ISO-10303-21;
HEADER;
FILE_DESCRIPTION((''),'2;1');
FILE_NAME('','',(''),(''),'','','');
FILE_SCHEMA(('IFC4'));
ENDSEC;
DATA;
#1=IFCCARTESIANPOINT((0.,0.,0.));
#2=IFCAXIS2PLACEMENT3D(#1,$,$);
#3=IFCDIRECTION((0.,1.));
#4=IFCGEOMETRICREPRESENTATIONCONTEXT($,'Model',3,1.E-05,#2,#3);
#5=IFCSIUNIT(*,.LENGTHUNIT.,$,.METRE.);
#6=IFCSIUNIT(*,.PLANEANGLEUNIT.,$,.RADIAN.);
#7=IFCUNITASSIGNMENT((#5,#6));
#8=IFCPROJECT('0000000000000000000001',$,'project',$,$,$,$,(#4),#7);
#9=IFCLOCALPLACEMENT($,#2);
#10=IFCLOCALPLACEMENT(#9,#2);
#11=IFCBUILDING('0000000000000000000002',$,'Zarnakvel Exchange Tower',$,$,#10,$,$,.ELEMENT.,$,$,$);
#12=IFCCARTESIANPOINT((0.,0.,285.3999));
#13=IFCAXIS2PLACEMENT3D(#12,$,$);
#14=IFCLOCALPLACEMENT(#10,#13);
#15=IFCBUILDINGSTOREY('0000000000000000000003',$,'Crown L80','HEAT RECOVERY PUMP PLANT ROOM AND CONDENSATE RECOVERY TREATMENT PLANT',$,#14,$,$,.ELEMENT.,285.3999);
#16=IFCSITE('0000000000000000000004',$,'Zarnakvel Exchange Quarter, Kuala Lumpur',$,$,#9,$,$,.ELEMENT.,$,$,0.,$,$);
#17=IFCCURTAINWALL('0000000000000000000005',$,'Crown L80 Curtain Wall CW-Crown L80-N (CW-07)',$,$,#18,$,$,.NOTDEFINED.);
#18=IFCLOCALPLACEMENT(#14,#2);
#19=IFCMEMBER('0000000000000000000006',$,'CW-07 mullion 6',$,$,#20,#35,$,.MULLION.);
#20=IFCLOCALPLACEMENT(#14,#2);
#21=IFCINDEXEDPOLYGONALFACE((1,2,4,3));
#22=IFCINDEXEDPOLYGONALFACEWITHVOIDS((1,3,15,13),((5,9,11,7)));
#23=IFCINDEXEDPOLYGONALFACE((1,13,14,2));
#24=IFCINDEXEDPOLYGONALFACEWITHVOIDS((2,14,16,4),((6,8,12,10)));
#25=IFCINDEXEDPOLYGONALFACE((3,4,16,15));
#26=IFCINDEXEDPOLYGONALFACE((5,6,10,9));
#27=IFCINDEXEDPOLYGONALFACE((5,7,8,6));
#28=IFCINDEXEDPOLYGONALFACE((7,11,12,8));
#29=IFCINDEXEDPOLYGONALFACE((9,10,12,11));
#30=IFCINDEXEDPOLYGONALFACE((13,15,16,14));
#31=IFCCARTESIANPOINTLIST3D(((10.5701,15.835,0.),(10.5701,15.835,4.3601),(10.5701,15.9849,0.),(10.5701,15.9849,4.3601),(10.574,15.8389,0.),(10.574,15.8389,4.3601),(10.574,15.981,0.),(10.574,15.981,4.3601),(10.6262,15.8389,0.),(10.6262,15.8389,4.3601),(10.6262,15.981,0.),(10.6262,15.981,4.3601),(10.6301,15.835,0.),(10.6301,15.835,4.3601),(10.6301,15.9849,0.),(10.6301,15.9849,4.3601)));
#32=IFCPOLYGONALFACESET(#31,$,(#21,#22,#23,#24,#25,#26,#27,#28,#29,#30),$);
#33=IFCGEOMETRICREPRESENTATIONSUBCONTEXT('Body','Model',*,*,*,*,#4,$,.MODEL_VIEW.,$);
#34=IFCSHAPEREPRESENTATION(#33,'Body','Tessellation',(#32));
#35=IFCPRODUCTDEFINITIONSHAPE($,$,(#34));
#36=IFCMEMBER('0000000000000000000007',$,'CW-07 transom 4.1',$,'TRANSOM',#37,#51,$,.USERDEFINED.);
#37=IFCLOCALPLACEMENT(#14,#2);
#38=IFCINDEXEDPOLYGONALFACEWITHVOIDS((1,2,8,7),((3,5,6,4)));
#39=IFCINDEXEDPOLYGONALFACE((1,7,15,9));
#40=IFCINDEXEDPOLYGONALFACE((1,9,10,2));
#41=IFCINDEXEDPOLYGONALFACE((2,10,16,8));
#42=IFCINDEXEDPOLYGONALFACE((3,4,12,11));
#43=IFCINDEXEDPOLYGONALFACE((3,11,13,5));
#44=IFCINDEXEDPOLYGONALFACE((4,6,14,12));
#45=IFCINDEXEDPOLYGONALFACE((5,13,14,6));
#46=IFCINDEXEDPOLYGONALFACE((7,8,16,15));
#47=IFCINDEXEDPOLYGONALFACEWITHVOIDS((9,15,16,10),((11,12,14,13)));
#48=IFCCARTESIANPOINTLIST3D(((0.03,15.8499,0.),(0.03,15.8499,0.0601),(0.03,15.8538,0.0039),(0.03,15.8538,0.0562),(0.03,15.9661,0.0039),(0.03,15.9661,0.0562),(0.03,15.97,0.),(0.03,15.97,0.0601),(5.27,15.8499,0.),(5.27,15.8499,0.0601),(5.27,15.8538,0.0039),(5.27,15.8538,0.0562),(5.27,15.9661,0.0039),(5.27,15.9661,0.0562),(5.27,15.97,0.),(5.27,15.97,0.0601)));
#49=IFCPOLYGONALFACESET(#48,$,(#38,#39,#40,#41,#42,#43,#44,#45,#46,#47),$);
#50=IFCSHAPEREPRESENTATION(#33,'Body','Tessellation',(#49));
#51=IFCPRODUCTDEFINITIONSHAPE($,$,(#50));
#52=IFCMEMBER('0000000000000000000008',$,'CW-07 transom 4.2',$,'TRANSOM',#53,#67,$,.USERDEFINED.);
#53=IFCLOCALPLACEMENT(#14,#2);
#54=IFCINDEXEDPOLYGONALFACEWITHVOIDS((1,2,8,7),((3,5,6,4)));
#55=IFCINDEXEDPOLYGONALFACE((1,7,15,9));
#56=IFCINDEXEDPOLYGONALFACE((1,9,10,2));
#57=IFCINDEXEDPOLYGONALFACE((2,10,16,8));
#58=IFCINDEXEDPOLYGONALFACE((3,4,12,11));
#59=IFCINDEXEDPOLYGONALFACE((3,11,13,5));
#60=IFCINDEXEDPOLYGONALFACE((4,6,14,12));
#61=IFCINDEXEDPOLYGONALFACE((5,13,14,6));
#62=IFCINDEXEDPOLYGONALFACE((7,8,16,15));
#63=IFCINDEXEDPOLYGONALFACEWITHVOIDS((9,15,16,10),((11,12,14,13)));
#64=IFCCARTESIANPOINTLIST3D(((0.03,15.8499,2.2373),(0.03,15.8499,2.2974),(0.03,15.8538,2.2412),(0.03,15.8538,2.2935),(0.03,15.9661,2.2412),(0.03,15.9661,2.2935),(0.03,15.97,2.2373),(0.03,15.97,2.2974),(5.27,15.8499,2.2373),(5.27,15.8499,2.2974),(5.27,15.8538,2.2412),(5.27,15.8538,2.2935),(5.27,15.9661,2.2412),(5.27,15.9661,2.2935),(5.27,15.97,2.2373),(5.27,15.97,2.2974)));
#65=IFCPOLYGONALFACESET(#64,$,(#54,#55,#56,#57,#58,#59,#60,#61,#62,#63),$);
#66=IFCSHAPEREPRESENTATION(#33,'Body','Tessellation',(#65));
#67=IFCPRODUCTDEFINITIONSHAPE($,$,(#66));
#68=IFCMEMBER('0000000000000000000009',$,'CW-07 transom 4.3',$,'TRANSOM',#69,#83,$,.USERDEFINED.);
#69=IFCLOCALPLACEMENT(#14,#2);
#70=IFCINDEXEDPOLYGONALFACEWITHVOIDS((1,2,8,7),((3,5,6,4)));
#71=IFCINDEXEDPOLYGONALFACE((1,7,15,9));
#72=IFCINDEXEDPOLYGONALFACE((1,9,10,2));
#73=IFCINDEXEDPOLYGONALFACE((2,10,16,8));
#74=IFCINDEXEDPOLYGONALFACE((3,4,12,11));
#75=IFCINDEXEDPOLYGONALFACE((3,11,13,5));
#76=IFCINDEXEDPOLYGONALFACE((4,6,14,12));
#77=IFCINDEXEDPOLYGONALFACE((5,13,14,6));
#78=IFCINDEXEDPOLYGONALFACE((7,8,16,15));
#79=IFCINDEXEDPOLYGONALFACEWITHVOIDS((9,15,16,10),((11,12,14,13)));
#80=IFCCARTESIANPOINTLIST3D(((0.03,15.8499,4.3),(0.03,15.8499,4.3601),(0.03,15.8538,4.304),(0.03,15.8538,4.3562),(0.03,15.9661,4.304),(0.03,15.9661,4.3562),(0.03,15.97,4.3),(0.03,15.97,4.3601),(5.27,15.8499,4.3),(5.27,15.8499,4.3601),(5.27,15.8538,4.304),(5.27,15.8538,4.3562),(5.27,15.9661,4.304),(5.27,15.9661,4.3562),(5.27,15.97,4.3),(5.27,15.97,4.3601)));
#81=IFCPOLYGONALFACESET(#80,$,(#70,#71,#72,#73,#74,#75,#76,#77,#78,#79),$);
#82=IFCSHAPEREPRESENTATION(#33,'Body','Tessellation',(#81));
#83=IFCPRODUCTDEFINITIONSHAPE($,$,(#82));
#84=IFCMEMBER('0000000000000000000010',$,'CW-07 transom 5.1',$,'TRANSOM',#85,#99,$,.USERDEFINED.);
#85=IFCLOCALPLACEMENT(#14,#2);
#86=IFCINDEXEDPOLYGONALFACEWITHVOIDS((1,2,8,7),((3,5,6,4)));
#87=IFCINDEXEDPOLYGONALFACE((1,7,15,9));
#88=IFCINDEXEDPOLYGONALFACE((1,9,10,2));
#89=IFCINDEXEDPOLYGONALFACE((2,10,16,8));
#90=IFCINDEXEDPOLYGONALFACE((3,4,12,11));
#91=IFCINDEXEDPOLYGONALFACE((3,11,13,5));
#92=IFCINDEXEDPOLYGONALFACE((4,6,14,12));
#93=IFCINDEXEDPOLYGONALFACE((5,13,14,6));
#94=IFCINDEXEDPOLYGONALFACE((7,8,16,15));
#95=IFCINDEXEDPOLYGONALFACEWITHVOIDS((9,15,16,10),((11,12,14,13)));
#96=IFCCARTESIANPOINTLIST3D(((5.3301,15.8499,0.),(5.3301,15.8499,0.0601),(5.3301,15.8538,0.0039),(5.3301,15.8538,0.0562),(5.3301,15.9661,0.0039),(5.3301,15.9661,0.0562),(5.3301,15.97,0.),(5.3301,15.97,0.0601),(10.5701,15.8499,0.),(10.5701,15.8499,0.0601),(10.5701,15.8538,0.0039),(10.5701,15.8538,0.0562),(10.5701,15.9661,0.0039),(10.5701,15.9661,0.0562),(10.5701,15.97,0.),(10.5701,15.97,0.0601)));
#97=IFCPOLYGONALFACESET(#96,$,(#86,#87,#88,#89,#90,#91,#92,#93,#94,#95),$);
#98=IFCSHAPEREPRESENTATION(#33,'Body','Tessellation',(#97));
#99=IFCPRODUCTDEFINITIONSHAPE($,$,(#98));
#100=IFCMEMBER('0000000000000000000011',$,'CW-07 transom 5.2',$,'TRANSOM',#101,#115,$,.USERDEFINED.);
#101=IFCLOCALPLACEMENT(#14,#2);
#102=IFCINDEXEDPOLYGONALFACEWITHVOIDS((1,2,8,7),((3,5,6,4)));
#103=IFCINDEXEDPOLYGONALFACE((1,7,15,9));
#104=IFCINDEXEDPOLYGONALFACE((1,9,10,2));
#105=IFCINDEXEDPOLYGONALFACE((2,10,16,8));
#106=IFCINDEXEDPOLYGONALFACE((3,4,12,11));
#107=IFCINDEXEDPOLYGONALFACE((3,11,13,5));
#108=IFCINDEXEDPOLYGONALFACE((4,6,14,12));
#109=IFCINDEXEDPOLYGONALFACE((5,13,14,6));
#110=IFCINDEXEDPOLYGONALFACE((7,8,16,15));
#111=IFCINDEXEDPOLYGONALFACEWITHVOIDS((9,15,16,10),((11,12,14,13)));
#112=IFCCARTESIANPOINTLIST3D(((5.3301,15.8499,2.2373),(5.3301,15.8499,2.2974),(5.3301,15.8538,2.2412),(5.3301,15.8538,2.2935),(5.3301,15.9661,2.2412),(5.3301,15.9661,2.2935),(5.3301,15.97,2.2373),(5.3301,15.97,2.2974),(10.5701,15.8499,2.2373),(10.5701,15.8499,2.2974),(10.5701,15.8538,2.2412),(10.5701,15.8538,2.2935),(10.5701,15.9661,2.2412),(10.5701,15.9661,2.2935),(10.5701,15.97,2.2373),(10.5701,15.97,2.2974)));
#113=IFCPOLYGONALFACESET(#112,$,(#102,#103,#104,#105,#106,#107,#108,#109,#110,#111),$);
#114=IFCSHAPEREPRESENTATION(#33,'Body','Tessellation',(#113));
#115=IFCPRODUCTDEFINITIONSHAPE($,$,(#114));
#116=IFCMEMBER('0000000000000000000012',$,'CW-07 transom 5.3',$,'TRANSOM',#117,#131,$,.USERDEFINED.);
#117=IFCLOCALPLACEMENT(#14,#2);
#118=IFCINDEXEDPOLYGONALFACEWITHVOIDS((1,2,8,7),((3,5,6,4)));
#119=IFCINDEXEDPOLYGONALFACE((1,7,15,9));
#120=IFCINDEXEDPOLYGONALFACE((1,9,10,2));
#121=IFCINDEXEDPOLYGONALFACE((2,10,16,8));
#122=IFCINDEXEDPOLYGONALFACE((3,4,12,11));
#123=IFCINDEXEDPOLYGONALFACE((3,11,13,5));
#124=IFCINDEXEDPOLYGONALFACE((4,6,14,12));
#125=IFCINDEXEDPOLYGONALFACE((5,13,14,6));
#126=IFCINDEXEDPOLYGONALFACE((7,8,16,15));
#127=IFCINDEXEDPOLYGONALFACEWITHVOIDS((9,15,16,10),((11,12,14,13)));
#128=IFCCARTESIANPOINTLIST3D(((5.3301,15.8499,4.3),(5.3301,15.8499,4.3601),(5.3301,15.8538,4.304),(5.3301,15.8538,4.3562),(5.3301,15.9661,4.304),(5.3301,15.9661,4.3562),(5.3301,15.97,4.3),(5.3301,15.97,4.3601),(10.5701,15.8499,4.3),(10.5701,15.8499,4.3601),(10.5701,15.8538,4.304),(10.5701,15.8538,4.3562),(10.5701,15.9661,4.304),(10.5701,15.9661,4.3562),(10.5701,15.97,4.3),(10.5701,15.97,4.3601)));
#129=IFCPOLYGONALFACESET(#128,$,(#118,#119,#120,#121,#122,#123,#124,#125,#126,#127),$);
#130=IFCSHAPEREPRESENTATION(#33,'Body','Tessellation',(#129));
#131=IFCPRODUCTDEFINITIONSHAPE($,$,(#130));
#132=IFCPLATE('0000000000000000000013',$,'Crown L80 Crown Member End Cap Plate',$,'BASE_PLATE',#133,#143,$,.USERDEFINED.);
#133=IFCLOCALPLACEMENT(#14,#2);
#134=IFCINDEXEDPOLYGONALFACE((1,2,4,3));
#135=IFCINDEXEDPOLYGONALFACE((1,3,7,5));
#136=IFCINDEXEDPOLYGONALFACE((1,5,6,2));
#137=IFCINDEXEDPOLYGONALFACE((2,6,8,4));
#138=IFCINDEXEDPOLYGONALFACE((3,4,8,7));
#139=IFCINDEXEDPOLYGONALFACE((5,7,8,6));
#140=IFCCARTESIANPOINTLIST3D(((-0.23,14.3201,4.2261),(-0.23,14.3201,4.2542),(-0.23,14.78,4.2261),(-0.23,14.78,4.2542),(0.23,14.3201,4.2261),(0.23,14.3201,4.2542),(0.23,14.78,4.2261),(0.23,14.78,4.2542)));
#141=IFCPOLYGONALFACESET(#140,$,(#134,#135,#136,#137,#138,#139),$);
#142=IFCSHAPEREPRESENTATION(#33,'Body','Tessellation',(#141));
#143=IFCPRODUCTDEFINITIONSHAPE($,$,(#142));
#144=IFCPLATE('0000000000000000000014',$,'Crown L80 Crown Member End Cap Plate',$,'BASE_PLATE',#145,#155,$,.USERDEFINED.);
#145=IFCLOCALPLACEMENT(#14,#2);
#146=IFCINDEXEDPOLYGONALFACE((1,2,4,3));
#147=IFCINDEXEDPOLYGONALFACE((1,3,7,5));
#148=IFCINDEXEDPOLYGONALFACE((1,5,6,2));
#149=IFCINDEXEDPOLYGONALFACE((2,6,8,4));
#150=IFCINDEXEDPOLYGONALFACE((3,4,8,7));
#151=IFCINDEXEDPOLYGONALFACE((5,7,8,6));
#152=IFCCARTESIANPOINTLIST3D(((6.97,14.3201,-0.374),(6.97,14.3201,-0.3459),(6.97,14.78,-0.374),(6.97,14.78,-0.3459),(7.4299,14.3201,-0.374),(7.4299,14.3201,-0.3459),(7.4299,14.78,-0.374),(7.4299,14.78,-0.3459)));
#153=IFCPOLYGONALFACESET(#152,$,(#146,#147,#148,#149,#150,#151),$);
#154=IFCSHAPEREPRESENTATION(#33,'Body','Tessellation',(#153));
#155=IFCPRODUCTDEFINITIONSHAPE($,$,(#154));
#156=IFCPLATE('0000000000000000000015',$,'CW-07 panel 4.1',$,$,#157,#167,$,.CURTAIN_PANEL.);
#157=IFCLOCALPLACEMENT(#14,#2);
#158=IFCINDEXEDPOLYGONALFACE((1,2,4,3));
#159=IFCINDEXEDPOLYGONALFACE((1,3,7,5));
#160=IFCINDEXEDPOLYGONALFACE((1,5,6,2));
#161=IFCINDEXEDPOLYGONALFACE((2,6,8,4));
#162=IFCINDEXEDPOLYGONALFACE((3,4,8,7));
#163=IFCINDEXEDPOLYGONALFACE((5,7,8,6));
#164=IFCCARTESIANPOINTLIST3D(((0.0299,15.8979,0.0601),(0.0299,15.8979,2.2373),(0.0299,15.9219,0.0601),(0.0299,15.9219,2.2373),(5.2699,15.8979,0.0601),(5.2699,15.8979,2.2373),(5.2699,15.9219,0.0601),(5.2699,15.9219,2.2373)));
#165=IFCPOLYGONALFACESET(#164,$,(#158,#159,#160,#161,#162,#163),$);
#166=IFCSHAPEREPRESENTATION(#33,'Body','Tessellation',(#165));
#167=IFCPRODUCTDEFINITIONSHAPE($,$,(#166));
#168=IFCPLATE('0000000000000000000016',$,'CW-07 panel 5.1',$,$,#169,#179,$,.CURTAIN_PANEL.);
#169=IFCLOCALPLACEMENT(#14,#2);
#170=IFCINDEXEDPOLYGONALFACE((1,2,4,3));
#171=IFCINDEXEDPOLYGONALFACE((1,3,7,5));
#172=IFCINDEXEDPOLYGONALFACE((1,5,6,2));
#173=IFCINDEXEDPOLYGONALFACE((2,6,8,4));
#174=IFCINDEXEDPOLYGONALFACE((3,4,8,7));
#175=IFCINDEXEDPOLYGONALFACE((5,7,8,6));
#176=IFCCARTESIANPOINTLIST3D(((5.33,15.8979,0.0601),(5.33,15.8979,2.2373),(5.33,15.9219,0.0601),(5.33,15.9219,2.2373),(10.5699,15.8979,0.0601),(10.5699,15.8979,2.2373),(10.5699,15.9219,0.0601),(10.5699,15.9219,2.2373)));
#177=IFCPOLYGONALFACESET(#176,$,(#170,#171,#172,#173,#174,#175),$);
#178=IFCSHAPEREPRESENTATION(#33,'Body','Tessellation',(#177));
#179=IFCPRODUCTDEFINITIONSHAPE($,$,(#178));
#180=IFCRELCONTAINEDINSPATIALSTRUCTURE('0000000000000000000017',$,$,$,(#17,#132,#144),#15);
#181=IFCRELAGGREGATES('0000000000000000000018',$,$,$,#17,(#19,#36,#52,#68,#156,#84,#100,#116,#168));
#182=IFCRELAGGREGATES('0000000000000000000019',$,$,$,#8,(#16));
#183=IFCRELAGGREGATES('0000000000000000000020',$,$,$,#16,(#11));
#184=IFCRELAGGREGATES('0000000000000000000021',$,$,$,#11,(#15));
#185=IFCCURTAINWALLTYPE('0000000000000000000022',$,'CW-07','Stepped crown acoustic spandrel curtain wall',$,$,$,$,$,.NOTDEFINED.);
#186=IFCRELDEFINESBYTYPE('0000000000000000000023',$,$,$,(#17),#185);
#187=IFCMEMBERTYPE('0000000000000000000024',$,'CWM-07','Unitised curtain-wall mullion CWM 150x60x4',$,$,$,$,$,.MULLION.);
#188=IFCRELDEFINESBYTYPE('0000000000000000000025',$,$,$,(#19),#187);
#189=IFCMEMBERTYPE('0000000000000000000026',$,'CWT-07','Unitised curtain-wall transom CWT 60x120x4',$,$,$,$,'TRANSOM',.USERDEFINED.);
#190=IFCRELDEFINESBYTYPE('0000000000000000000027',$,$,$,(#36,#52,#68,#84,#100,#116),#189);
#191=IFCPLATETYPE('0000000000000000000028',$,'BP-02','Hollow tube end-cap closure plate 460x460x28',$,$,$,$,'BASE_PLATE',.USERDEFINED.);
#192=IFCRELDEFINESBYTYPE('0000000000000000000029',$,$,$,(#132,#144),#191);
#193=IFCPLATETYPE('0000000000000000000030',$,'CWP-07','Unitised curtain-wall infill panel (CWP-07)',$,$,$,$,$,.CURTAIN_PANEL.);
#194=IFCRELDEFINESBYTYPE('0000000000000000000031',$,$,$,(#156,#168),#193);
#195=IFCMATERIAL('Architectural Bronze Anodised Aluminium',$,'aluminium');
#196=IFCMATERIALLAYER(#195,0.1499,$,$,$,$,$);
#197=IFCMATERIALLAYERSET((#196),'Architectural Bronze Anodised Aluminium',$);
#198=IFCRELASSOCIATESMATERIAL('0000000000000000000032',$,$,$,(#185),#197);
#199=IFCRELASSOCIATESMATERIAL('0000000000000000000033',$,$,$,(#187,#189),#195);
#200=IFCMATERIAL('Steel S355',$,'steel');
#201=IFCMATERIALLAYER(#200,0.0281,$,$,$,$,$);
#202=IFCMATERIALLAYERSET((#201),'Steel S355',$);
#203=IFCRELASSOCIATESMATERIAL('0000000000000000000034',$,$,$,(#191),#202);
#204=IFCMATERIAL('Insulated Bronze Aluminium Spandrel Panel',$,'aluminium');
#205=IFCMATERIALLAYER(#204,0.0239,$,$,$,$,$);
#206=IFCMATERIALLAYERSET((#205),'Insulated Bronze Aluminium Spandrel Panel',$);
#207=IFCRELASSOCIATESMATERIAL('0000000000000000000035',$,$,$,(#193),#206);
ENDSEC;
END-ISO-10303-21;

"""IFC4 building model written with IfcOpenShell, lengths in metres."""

from ifc_helpers import new_model, si_unit, direction, frame, origin, origin_2d, place, context, subcontext, project, spatial, rectangle, hollow_rectangle, extrude, source, transform, mapped, material, layer, layer_set, material_profile, profile_set, type_object, element, aggregate, save


model = new_model("IFC4")

# Units and contexts
model_context = context("Model", 3, precision=1e-05, world=origin(), true_north=direction((0.0, 1.0)))
body_context = subcontext(model_context, "Body", "Model", "MODEL_VIEW")
ifc_project = project(units=[si_unit("LENGTHUNIT", "METRE"), si_unit("PLANEANGLEUNIT", "RADIAN")], contexts=[model_context])

# Site, building, storey
site_placement = place(None, origin())
site = spatial("IfcSite", under=ifc_project, at=site_placement, Name="Zarnakvel Exchange Quarter, Kuala Lumpur", CompositionType="ELEMENT", RefElevation=0.0)
building_placement = place(site_placement, origin())
building = spatial("IfcBuilding", under=site, at=building_placement, Name="Zarnakvel Exchange Tower", CompositionType="ELEMENT")
storey_placement = place(building_placement, frame((0.0, 0.0, 285.3999)))
storey = spatial("IfcBuildingStorey", under=building, at=storey_placement, Name="Crown L80", Description="HEAT RECOVERY PUMP PLANT ROOM AND CONDENSATE RECOVERY TREATMENT PLANT", CompositionType="ELEMENT", Elevation=285.3999)

# Shared definitions
ifc_material_1 = material(Name="Steel S355", Category="steel")

# Curtain wall, members
ifc_material_2 = material(Name="Architectural Bronze Anodised Aluminium", Category="aluminium")
ifc_layer_1 = layer(ifc_material_2, 0.1499)
ifc_layer_set_1 = layer_set([ifc_layer_1], Name="Architectural Bronze Anodised Aluminium")
curtain_wall_type = type_object("IfcCurtainWallType", Name="CW-07", Description="Stepped crown acoustic spandrel curtain wall", PredefinedType="NOTDEFINED", material=ifc_layer_set_1)
curtain_wall_placement = place(storey_placement, origin())
curtain_wall = element("IfcCurtainWall", 1, at=curtain_wall_placement, inside=storey, type_object=curtain_wall_type, Name="Crown L80 Curtain Wall CW-Crown L80-N (CW-07)", PredefinedType="NOTDEFINED")
ifc_material_profile_1 = material_profile(ifc_material_2, hollow_rectangle(XDim=0.1499, YDim=0.0601, WallThickness=0.0039, at=origin_2d()))
ifc_profile_set_1 = profile_set([ifc_material_profile_1], Name="Architectural Bronze Anodised Aluminium")
member_type_1 = type_object("IfcMemberType", Name="CWM-07", Description="Unitised curtain-wall mullion CWM 150x60x4", PredefinedType="MULLION", material=ifc_profile_set_1)
shared_shape_1 = source(origin(), body_context, "Body", "SweptSolid", [
    extrude(hollow_rectangle(XDim=0.1499, YDim=0.0601, WallThickness=0.0039, at=origin_2d()), origin(), (0.0, 0.0, 1.0), 4.3601),
])
member_1_placement = place(storey_placement, frame((10.6001, 15.9099, 0.0), z_axis=(0.0, 0.0, 1.0), x_axis=(0.0, 1.0, 0.0)))
member_1 = element("IfcMember", 2, at=member_1_placement, type_object=member_type_1, Name="CW-07 mullion 6", PredefinedType="MULLION", context=body_context, shape_type="MappedRepresentation", body=[
    mapped(shared_shape_1, transform((0.0, 0.0, 0.0), x_axis=(1.0, 0.0, 0.0), y_axis=(0.0, 1.0, 0.0), z_axis=(0.0, 0.0, 1.0), scale=1.0)),
])
ifc_material_profile_2 = material_profile(ifc_material_2, hollow_rectangle(XDim=0.1201, YDim=0.0601, WallThickness=0.0039, at=origin_2d()))
ifc_profile_set_2 = profile_set([ifc_material_profile_2], Name="Architectural Bronze Anodised Aluminium")
member_type_2 = type_object("IfcMemberType", Name="CWT-07", Description="Unitised curtain-wall transom CWT 60x120x4", ElementType="TRANSOM", PredefinedType="USERDEFINED", material=ifc_profile_set_2)
shared_shape_2 = source(origin(), body_context, "Body", "SweptSolid", [
    extrude(hollow_rectangle(XDim=0.1201, YDim=0.0601, WallThickness=0.0039, at=origin_2d()), origin(), (0.0, 0.0, 1.0), 5.24),
])
member_2_placement = place(storey_placement, frame((0.03, 15.9099, 0.03), z_axis=(1.0, 0.0, 0.0), x_axis=(0.0, 1.0, 0.0)))
member_2 = element("IfcMember", 3, at=member_2_placement, type_object=member_type_2, Name="CW-07 transom 4.1", ObjectType="TRANSOM", PredefinedType="USERDEFINED", context=body_context, shape_type="MappedRepresentation", body=[
    mapped(shared_shape_2, transform((0.0, 0.0, 0.0), x_axis=(1.0, 0.0, 0.0), y_axis=(0.0, 1.0, 0.0), z_axis=(0.0, 0.0, 1.0), scale=1.0)),
])
member_3_placement = place(storey_placement, frame((0.03, 15.9099, 2.2673), z_axis=(1.0, 0.0, 0.0), x_axis=(0.0, 1.0, 0.0)))
member_3 = element("IfcMember", 4, at=member_3_placement, type_object=member_type_2, Name="CW-07 transom 4.2", ObjectType="TRANSOM", PredefinedType="USERDEFINED", context=body_context, shape_type="MappedRepresentation", body=[
    mapped(shared_shape_2, transform((0.0, 0.0, 0.0), x_axis=(1.0, 0.0, 0.0), y_axis=(0.0, 1.0, 0.0), z_axis=(0.0, 0.0, 1.0), scale=1.0)),
])
member_4_placement = place(storey_placement, frame((0.03, 15.9099, 4.3301), z_axis=(1.0, 0.0, 0.0), x_axis=(0.0, 1.0, 0.0)))
member_4 = element("IfcMember", 5, at=member_4_placement, type_object=member_type_2, Name="CW-07 transom 4.3", ObjectType="TRANSOM", PredefinedType="USERDEFINED", context=body_context, shape_type="MappedRepresentation", body=[
    mapped(shared_shape_2, transform((0.0, 0.0, 0.0), x_axis=(1.0, 0.0, 0.0), y_axis=(0.0, 1.0, 0.0), z_axis=(0.0, 0.0, 1.0), scale=1.0)),
])
member_5_placement = place(storey_placement, frame((5.3301, 15.9099, 0.03), z_axis=(1.0, 0.0, 0.0), x_axis=(0.0, 1.0, 0.0)))
member_5 = element("IfcMember", 6, at=member_5_placement, type_object=member_type_2, Name="CW-07 transom 5.1", ObjectType="TRANSOM", PredefinedType="USERDEFINED", context=body_context, shape_type="MappedRepresentation", body=[
    mapped(shared_shape_2, transform((0.0, 0.0, 0.0), x_axis=(1.0, 0.0, 0.0), y_axis=(0.0, 1.0, 0.0), z_axis=(0.0, 0.0, 1.0), scale=1.0)),
])
member_6_placement = place(storey_placement, frame((5.3301, 15.9099, 2.2673), z_axis=(1.0, 0.0, 0.0), x_axis=(0.0, 1.0, 0.0)))
member_6 = element("IfcMember", 7, at=member_6_placement, type_object=member_type_2, Name="CW-07 transom 5.2", ObjectType="TRANSOM", PredefinedType="USERDEFINED", context=body_context, shape_type="MappedRepresentation", body=[
    mapped(shared_shape_2, transform((0.0, 0.0, 0.0), x_axis=(1.0, 0.0, 0.0), y_axis=(0.0, 1.0, 0.0), z_axis=(0.0, 0.0, 1.0), scale=1.0)),
])
member_7_placement = place(storey_placement, frame((5.3301, 15.9099, 4.3301), z_axis=(1.0, 0.0, 0.0), x_axis=(0.0, 1.0, 0.0)))
member_7 = element("IfcMember", 8, at=member_7_placement, type_object=member_type_2, Name="CW-07 transom 5.3", ObjectType="TRANSOM", PredefinedType="USERDEFINED", context=body_context, shape_type="MappedRepresentation", body=[
    mapped(shared_shape_2, transform((0.0, 0.0, 0.0), x_axis=(1.0, 0.0, 0.0), y_axis=(0.0, 1.0, 0.0), z_axis=(0.0, 0.0, 1.0), scale=1.0)),
])

# Plates
ifc_layer_2 = layer(ifc_material_1, 0.0281)
ifc_layer_set_2 = layer_set([ifc_layer_2], Name="Steel S355")
plate_type_1 = type_object("IfcPlateType", Name="BP-02", Description="Hollow tube end-cap closure plate 460x460x28", ElementType="BASE_PLATE", PredefinedType="USERDEFINED", material=ifc_layer_set_2)
shared_shape_3 = source(origin(), body_context, "Body", "SweptSolid", [
    extrude(rectangle(XDim=0.46, YDim=0.46, at=origin_2d()), origin(), (0.0, 0.0, 1.0), 0.0281),
])
for number, where, z_axis, x_axis, name in (
    (9, (0.0, 14.55, 4.2261), (0.0, 0.0, 1.0), (1.0, 0.0, 0.0), "Crown L80 Crown Member End Cap Plate"),
    (10, (7.2, 14.55, -0.374), (0.0, 0.0, 1.0), (1.0, 0.0, 0.0), "Crown L80 Crown Member End Cap Plate"),
):
    element("IfcPlate", number, at=place(storey_placement, frame(where, z_axis=z_axis, x_axis=x_axis)), inside=storey, type_object=plate_type_1, Name=name, ObjectType="BASE_PLATE", PredefinedType="USERDEFINED", context=body_context, shape_type="MappedRepresentation", body=[
        mapped(shared_shape_3, transform((0.0, 0.0, 0.0), x_axis=(1.0, 0.0, 0.0), y_axis=(0.0, 1.0, 0.0), z_axis=(0.0, 0.0, 1.0), scale=1.0)),
    ])

# Plates
ifc_material_3 = material(Name="Insulated Bronze Aluminium Spandrel Panel", Category="aluminium")
ifc_layer_3 = layer(ifc_material_3, 0.0239)
ifc_layer_set_3 = layer_set([ifc_layer_3], Name="Insulated Bronze Aluminium Spandrel Panel")
plate_type_2 = type_object("IfcPlateType", Name="CWP-07", Description="Unitised curtain-wall infill panel (CWP-07)", PredefinedType="CURTAIN_PANEL", material=ifc_layer_set_3)
shared_shape_4 = source(origin(), body_context, "Body", "SweptSolid", [
    extrude(rectangle(XDim=5.24, YDim=0.0239, at=origin_2d()), origin(), (0.0, 0.0, 1.0), 2.1772),
])
plate_1_placement = place(storey_placement, frame((2.6499, 15.9099, 0.0601), z_axis=(0.0, 0.0, 1.0), x_axis=(1.0, 0.0, 0.0)))
plate_1 = element("IfcPlate", 11, at=plate_1_placement, type_object=plate_type_2, Name="CW-07 panel 4.1", PredefinedType="CURTAIN_PANEL", context=body_context, shape_type="MappedRepresentation", body=[
    mapped(shared_shape_4, transform((0.0, 0.0, 0.0), x_axis=(1.0, 0.0, 0.0), y_axis=(0.0, 1.0, 0.0), z_axis=(0.0, 0.0, 1.0), scale=1.0)),
])
plate_2_placement = place(storey_placement, frame((7.95, 15.9099, 0.0601), z_axis=(0.0, 0.0, 1.0), x_axis=(1.0, 0.0, 0.0)))
plate_2 = element("IfcPlate", 12, at=plate_2_placement, type_object=plate_type_2, Name="CW-07 panel 5.1", PredefinedType="CURTAIN_PANEL", context=body_context, shape_type="MappedRepresentation", body=[
    mapped(shared_shape_4, transform((0.0, 0.0, 0.0), x_axis=(1.0, 0.0, 0.0), y_axis=(0.0, 1.0, 0.0), z_axis=(0.0, 0.0, 1.0), scale=1.0)),
])
aggregate(curtain_wall, [member_1, member_2, member_3, member_4, plate_1, member_5, member_6, member_7, plate_2])

save(model, "model.ifc")
